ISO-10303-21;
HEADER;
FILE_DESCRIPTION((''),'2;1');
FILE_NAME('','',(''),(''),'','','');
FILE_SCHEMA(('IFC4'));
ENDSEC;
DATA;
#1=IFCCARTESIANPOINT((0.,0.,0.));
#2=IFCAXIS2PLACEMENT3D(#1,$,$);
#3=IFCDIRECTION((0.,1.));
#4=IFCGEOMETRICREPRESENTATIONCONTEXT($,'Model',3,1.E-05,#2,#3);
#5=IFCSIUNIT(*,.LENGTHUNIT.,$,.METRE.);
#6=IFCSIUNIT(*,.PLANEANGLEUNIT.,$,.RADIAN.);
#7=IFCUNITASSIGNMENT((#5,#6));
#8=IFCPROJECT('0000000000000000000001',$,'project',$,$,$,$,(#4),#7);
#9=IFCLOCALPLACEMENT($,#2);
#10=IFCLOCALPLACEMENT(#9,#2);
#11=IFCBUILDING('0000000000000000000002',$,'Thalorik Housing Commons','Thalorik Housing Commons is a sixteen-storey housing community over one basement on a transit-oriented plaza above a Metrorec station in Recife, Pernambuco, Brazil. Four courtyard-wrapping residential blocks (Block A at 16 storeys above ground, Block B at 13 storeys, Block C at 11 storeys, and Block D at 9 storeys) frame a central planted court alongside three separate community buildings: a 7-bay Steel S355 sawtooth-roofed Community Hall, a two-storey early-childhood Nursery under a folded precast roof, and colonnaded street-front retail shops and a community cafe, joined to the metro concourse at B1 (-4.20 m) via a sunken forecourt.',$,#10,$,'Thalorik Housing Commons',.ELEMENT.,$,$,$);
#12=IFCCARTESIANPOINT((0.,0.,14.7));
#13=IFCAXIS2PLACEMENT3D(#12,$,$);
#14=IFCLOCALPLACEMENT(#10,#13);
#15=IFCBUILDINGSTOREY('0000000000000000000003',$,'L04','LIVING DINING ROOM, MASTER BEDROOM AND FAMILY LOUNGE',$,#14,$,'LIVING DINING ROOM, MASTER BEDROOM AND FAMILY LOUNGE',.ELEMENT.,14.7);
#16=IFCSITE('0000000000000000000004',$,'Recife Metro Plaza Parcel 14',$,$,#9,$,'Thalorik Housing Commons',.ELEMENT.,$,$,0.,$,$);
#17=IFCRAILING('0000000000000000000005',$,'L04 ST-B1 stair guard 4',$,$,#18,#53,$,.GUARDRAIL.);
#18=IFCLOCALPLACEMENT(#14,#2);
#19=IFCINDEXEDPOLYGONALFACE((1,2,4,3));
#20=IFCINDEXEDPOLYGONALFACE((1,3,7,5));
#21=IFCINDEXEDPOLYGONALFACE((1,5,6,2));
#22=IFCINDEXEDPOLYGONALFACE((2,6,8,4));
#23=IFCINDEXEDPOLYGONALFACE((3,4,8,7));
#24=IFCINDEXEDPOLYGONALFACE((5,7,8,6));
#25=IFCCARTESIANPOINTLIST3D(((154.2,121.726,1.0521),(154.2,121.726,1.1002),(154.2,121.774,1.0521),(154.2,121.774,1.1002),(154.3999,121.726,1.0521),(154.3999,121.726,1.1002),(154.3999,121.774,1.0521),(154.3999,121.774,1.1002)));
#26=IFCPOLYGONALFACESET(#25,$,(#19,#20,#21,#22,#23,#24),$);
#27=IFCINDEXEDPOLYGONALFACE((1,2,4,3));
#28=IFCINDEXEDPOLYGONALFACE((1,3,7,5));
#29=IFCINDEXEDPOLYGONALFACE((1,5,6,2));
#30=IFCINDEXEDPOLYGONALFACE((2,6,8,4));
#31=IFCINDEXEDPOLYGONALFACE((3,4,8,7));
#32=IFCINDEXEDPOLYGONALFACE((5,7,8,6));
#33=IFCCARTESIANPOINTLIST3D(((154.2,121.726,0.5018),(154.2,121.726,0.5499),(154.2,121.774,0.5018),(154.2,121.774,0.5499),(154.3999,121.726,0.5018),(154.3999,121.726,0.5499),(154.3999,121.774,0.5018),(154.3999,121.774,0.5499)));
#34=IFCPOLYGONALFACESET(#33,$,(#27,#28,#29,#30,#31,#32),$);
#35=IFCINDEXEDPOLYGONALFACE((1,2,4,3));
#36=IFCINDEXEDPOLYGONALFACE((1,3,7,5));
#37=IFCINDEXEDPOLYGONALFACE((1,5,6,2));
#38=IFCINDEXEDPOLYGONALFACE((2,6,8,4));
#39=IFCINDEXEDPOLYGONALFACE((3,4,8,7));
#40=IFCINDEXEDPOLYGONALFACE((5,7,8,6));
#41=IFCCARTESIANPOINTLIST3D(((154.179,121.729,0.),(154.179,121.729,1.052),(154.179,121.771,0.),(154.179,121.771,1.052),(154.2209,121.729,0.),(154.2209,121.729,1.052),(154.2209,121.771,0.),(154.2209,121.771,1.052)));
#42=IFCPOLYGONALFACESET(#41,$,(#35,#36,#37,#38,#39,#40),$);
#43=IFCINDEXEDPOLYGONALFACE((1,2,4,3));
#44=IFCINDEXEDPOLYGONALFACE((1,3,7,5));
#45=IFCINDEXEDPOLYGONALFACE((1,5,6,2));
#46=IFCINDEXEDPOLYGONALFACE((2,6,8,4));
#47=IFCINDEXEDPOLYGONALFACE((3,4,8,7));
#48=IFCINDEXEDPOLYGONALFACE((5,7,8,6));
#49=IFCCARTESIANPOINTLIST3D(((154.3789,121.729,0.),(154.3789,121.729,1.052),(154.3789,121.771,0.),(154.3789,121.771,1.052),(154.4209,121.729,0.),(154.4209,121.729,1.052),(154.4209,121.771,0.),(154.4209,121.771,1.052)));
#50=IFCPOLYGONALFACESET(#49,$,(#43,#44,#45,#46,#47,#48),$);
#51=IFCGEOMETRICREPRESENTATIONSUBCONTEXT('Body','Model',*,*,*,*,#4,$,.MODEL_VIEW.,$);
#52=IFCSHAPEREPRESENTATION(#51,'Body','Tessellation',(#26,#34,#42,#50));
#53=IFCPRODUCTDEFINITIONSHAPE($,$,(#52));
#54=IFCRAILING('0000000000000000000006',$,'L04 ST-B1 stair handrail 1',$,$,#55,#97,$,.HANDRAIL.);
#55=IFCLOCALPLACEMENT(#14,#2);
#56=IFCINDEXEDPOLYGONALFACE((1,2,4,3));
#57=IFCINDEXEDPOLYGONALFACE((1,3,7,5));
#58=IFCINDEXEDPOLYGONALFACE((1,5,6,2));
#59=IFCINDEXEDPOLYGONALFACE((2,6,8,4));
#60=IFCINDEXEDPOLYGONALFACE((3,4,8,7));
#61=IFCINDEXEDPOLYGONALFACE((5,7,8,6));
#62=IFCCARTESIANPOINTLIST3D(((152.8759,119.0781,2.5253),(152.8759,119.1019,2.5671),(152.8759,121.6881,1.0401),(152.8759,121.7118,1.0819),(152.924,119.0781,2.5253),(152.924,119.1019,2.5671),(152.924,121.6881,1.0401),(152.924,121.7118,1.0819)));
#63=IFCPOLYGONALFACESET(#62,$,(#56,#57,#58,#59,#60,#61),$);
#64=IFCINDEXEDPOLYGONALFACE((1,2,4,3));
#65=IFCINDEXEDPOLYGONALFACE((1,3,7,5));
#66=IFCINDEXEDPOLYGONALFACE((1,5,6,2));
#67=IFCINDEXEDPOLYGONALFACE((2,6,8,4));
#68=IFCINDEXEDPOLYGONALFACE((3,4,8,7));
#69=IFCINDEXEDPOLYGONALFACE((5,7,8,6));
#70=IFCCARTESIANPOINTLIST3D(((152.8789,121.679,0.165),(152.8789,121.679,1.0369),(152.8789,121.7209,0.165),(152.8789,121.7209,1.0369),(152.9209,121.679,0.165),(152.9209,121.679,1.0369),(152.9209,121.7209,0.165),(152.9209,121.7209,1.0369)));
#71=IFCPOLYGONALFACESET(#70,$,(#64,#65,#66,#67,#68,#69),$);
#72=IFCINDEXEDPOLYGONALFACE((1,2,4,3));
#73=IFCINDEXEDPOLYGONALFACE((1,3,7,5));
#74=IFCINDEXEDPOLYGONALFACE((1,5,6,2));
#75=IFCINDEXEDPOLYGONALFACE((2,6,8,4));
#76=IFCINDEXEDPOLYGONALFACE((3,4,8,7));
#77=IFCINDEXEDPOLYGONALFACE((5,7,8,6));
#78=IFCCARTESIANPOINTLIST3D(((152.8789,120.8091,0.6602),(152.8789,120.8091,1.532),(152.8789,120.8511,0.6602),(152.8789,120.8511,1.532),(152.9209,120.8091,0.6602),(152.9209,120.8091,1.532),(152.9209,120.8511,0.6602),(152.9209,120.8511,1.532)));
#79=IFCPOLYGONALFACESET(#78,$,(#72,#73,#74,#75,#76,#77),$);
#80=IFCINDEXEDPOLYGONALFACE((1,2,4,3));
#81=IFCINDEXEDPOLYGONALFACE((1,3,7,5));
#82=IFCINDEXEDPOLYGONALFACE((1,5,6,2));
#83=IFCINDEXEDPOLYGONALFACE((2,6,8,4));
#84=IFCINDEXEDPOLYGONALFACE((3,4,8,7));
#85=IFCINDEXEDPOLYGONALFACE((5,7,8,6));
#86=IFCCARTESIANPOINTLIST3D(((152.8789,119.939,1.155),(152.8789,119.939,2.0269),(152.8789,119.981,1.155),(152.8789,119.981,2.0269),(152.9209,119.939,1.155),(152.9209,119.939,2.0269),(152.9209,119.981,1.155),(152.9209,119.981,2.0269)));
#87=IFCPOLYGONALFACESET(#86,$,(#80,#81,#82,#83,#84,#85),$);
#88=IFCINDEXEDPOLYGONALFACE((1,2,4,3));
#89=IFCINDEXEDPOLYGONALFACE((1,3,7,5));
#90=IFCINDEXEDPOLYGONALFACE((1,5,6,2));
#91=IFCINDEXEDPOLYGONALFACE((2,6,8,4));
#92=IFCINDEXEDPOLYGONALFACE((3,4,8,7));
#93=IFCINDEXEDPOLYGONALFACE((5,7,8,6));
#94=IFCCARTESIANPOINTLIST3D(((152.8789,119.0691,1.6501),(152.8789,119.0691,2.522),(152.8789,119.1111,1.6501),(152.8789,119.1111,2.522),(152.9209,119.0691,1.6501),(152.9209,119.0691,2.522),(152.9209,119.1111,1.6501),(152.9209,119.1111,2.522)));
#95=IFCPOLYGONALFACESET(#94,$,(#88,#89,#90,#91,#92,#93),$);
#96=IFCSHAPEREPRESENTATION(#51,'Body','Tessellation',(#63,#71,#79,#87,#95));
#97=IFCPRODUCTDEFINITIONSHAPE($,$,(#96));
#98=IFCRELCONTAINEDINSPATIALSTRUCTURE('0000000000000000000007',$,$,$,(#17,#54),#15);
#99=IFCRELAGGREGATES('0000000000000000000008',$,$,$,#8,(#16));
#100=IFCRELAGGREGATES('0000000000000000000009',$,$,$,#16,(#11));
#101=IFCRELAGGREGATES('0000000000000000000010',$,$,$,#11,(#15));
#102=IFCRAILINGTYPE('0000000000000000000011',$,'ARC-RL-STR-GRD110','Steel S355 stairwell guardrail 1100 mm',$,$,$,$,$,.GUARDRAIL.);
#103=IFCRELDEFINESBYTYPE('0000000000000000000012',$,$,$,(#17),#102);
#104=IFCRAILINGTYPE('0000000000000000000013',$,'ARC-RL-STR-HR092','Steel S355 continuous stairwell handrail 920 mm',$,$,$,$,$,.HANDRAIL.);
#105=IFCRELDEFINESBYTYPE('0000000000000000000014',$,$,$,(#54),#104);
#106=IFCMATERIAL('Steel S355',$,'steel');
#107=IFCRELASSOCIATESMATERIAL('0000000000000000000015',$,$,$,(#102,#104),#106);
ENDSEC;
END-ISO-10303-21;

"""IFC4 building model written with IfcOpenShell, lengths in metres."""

from ifc_helpers import new_model, si_unit, direction, frame, origin, origin_2d, place, context, subcontext, project, spatial, rectangle, extrude, material, type_object, element, save


model = new_model("IFC4")

# Units and contexts
model_context = context("Model", 3, precision=1e-05, world=origin(), true_north=direction((0.0, 1.0)))
body_context = subcontext(model_context, "Body", "Model", "MODEL_VIEW")
ifc_project = project(units=[si_unit("LENGTHUNIT", "METRE"), si_unit("PLANEANGLEUNIT", "RADIAN")], contexts=[model_context])

# Site, building, storey
site_placement = place(None, origin())
site = spatial("IfcSite", under=ifc_project, at=site_placement, Name="Recife Metro Plaza Parcel 14", LongName="Thalorik Housing Commons", CompositionType="ELEMENT", RefElevation=0.0)
building_placement = place(site_placement, origin())
building = spatial("IfcBuilding", under=site, at=building_placement, Name="Thalorik Housing Commons", Description="Thalorik Housing Commons is a sixteen-storey housing community over one basement on a transit-oriented plaza above a Metrorec station in Recife, Pernambuco, Brazil. Four courtyard-wrapping residential blocks (Block A at 16 storeys above ground, Block B at 13 storeys, Block C at 11 storeys, and Block D at 9 storeys) frame a central planted court alongside three separate community buildings: a 7-bay Steel S355 sawtooth-roofed Community Hall, a two-storey early-childhood Nursery under a folded precast roof, and colonnaded street-front retail shops and a community cafe, joined to the metro concourse at B1 (-4.20 m) via a sunken forecourt.", LongName="Thalorik Housing Commons", CompositionType="ELEMENT")
storey_placement = place(building_placement, frame((0.0, 0.0, 14.7)))
storey = spatial("IfcBuildingStorey", under=building, at=storey_placement, Name="L04", Description="LIVING DINING ROOM, MASTER BEDROOM AND FAMILY LOUNGE", LongName="LIVING DINING ROOM, MASTER BEDROOM AND FAMILY LOUNGE", CompositionType="ELEMENT", Elevation=14.7)

# Shared definitions
ifc_material_1 = material(Name="Steel S355", Category="steel")

# Railings
railing_type_1 = type_object("IfcRailingType", Name="ARC-RL-STR-GRD110", Description="Steel S355 stairwell guardrail 1100 mm", PredefinedType="GUARDRAIL", material=ifc_material_1)
railing_1_placement = place(storey_placement, frame((154.2, 121.75, 0.0)))
element("IfcRailing", 1, at=railing_1_placement, inside=storey, type_object=railing_type_1, Name="L04 ST-B1 stair guard 4", PredefinedType="GUARDRAIL", context=body_context, shape_type="SweptSolid", body=[
    extrude(rectangle(XDim=0.0481, YDim=0.0481, at=origin_2d()), frame((0.0, 0.0, 1.0762), z_axis=(1.0, 0.0, 0.0), x_axis=(0.0, 1.0, 0.0)), (0.0, 0.0, 1.0), 0.2),
    extrude(rectangle(XDim=0.0481, YDim=0.0481, at=origin_2d()), frame((0.0, 0.0, 0.5259), z_axis=(1.0, 0.0, 0.0), x_axis=(0.0, 1.0, 0.0)), (0.0, 0.0, 1.0), 0.2),
    extrude(rectangle(XDim=0.042, YDim=0.042, at=origin_2d()), origin(), (0.0, 0.0, 1.0), 1.052),
    extrude(rectangle(XDim=0.042, YDim=0.042, at=origin_2d()), frame((0.2, 0.0, 0.0)), (0.0, 0.0, 1.0), 1.052),
])
railing_type_2 = type_object("IfcRailingType", Name="ARC-RL-STR-HR092", Description="Steel S355 continuous stairwell handrail 920 mm", PredefinedType="HANDRAIL", material=ifc_material_1)
railing_2_placement = place(storey_placement, frame((152.8999, 121.7, 0.165)))
element("IfcRailing", 2, at=railing_2_placement, inside=storey, type_object=railing_type_2, Name="L04 ST-B1 stair handrail 1", PredefinedType="HANDRAIL", context=body_context, shape_type="SweptSolid", body=[
    extrude(rectangle(XDim=0.0481, YDim=0.0481, at=origin_2d()), frame((0.0, 0.0, 0.896), z_axis=(0.0, -0.869137, 0.494571), x_axis=(1.0, 0.0, 0.0)), (0.0, 0.0, 1.0), 3.0029),
    extrude(rectangle(XDim=0.042, YDim=0.042, at=origin_2d()), origin(), (0.0, 0.0, 1.0), 0.8718),
    extrude(rectangle(XDim=0.042, YDim=0.042, at=origin_2d()), frame((0.0, -0.8699, 0.4951)), (0.0, 0.0, 1.0), 0.8718),
    extrude(rectangle(XDim=0.042, YDim=0.042, at=origin_2d()), frame((0.0, -1.74, 0.99)), (0.0, 0.0, 1.0), 0.8718),
    extrude(rectangle(XDim=0.042, YDim=0.042, at=origin_2d()), frame((0.0, -2.6099, 1.4851)), (0.0, 0.0, 1.0), 0.8718),
])

save(model, "model.ifc")
